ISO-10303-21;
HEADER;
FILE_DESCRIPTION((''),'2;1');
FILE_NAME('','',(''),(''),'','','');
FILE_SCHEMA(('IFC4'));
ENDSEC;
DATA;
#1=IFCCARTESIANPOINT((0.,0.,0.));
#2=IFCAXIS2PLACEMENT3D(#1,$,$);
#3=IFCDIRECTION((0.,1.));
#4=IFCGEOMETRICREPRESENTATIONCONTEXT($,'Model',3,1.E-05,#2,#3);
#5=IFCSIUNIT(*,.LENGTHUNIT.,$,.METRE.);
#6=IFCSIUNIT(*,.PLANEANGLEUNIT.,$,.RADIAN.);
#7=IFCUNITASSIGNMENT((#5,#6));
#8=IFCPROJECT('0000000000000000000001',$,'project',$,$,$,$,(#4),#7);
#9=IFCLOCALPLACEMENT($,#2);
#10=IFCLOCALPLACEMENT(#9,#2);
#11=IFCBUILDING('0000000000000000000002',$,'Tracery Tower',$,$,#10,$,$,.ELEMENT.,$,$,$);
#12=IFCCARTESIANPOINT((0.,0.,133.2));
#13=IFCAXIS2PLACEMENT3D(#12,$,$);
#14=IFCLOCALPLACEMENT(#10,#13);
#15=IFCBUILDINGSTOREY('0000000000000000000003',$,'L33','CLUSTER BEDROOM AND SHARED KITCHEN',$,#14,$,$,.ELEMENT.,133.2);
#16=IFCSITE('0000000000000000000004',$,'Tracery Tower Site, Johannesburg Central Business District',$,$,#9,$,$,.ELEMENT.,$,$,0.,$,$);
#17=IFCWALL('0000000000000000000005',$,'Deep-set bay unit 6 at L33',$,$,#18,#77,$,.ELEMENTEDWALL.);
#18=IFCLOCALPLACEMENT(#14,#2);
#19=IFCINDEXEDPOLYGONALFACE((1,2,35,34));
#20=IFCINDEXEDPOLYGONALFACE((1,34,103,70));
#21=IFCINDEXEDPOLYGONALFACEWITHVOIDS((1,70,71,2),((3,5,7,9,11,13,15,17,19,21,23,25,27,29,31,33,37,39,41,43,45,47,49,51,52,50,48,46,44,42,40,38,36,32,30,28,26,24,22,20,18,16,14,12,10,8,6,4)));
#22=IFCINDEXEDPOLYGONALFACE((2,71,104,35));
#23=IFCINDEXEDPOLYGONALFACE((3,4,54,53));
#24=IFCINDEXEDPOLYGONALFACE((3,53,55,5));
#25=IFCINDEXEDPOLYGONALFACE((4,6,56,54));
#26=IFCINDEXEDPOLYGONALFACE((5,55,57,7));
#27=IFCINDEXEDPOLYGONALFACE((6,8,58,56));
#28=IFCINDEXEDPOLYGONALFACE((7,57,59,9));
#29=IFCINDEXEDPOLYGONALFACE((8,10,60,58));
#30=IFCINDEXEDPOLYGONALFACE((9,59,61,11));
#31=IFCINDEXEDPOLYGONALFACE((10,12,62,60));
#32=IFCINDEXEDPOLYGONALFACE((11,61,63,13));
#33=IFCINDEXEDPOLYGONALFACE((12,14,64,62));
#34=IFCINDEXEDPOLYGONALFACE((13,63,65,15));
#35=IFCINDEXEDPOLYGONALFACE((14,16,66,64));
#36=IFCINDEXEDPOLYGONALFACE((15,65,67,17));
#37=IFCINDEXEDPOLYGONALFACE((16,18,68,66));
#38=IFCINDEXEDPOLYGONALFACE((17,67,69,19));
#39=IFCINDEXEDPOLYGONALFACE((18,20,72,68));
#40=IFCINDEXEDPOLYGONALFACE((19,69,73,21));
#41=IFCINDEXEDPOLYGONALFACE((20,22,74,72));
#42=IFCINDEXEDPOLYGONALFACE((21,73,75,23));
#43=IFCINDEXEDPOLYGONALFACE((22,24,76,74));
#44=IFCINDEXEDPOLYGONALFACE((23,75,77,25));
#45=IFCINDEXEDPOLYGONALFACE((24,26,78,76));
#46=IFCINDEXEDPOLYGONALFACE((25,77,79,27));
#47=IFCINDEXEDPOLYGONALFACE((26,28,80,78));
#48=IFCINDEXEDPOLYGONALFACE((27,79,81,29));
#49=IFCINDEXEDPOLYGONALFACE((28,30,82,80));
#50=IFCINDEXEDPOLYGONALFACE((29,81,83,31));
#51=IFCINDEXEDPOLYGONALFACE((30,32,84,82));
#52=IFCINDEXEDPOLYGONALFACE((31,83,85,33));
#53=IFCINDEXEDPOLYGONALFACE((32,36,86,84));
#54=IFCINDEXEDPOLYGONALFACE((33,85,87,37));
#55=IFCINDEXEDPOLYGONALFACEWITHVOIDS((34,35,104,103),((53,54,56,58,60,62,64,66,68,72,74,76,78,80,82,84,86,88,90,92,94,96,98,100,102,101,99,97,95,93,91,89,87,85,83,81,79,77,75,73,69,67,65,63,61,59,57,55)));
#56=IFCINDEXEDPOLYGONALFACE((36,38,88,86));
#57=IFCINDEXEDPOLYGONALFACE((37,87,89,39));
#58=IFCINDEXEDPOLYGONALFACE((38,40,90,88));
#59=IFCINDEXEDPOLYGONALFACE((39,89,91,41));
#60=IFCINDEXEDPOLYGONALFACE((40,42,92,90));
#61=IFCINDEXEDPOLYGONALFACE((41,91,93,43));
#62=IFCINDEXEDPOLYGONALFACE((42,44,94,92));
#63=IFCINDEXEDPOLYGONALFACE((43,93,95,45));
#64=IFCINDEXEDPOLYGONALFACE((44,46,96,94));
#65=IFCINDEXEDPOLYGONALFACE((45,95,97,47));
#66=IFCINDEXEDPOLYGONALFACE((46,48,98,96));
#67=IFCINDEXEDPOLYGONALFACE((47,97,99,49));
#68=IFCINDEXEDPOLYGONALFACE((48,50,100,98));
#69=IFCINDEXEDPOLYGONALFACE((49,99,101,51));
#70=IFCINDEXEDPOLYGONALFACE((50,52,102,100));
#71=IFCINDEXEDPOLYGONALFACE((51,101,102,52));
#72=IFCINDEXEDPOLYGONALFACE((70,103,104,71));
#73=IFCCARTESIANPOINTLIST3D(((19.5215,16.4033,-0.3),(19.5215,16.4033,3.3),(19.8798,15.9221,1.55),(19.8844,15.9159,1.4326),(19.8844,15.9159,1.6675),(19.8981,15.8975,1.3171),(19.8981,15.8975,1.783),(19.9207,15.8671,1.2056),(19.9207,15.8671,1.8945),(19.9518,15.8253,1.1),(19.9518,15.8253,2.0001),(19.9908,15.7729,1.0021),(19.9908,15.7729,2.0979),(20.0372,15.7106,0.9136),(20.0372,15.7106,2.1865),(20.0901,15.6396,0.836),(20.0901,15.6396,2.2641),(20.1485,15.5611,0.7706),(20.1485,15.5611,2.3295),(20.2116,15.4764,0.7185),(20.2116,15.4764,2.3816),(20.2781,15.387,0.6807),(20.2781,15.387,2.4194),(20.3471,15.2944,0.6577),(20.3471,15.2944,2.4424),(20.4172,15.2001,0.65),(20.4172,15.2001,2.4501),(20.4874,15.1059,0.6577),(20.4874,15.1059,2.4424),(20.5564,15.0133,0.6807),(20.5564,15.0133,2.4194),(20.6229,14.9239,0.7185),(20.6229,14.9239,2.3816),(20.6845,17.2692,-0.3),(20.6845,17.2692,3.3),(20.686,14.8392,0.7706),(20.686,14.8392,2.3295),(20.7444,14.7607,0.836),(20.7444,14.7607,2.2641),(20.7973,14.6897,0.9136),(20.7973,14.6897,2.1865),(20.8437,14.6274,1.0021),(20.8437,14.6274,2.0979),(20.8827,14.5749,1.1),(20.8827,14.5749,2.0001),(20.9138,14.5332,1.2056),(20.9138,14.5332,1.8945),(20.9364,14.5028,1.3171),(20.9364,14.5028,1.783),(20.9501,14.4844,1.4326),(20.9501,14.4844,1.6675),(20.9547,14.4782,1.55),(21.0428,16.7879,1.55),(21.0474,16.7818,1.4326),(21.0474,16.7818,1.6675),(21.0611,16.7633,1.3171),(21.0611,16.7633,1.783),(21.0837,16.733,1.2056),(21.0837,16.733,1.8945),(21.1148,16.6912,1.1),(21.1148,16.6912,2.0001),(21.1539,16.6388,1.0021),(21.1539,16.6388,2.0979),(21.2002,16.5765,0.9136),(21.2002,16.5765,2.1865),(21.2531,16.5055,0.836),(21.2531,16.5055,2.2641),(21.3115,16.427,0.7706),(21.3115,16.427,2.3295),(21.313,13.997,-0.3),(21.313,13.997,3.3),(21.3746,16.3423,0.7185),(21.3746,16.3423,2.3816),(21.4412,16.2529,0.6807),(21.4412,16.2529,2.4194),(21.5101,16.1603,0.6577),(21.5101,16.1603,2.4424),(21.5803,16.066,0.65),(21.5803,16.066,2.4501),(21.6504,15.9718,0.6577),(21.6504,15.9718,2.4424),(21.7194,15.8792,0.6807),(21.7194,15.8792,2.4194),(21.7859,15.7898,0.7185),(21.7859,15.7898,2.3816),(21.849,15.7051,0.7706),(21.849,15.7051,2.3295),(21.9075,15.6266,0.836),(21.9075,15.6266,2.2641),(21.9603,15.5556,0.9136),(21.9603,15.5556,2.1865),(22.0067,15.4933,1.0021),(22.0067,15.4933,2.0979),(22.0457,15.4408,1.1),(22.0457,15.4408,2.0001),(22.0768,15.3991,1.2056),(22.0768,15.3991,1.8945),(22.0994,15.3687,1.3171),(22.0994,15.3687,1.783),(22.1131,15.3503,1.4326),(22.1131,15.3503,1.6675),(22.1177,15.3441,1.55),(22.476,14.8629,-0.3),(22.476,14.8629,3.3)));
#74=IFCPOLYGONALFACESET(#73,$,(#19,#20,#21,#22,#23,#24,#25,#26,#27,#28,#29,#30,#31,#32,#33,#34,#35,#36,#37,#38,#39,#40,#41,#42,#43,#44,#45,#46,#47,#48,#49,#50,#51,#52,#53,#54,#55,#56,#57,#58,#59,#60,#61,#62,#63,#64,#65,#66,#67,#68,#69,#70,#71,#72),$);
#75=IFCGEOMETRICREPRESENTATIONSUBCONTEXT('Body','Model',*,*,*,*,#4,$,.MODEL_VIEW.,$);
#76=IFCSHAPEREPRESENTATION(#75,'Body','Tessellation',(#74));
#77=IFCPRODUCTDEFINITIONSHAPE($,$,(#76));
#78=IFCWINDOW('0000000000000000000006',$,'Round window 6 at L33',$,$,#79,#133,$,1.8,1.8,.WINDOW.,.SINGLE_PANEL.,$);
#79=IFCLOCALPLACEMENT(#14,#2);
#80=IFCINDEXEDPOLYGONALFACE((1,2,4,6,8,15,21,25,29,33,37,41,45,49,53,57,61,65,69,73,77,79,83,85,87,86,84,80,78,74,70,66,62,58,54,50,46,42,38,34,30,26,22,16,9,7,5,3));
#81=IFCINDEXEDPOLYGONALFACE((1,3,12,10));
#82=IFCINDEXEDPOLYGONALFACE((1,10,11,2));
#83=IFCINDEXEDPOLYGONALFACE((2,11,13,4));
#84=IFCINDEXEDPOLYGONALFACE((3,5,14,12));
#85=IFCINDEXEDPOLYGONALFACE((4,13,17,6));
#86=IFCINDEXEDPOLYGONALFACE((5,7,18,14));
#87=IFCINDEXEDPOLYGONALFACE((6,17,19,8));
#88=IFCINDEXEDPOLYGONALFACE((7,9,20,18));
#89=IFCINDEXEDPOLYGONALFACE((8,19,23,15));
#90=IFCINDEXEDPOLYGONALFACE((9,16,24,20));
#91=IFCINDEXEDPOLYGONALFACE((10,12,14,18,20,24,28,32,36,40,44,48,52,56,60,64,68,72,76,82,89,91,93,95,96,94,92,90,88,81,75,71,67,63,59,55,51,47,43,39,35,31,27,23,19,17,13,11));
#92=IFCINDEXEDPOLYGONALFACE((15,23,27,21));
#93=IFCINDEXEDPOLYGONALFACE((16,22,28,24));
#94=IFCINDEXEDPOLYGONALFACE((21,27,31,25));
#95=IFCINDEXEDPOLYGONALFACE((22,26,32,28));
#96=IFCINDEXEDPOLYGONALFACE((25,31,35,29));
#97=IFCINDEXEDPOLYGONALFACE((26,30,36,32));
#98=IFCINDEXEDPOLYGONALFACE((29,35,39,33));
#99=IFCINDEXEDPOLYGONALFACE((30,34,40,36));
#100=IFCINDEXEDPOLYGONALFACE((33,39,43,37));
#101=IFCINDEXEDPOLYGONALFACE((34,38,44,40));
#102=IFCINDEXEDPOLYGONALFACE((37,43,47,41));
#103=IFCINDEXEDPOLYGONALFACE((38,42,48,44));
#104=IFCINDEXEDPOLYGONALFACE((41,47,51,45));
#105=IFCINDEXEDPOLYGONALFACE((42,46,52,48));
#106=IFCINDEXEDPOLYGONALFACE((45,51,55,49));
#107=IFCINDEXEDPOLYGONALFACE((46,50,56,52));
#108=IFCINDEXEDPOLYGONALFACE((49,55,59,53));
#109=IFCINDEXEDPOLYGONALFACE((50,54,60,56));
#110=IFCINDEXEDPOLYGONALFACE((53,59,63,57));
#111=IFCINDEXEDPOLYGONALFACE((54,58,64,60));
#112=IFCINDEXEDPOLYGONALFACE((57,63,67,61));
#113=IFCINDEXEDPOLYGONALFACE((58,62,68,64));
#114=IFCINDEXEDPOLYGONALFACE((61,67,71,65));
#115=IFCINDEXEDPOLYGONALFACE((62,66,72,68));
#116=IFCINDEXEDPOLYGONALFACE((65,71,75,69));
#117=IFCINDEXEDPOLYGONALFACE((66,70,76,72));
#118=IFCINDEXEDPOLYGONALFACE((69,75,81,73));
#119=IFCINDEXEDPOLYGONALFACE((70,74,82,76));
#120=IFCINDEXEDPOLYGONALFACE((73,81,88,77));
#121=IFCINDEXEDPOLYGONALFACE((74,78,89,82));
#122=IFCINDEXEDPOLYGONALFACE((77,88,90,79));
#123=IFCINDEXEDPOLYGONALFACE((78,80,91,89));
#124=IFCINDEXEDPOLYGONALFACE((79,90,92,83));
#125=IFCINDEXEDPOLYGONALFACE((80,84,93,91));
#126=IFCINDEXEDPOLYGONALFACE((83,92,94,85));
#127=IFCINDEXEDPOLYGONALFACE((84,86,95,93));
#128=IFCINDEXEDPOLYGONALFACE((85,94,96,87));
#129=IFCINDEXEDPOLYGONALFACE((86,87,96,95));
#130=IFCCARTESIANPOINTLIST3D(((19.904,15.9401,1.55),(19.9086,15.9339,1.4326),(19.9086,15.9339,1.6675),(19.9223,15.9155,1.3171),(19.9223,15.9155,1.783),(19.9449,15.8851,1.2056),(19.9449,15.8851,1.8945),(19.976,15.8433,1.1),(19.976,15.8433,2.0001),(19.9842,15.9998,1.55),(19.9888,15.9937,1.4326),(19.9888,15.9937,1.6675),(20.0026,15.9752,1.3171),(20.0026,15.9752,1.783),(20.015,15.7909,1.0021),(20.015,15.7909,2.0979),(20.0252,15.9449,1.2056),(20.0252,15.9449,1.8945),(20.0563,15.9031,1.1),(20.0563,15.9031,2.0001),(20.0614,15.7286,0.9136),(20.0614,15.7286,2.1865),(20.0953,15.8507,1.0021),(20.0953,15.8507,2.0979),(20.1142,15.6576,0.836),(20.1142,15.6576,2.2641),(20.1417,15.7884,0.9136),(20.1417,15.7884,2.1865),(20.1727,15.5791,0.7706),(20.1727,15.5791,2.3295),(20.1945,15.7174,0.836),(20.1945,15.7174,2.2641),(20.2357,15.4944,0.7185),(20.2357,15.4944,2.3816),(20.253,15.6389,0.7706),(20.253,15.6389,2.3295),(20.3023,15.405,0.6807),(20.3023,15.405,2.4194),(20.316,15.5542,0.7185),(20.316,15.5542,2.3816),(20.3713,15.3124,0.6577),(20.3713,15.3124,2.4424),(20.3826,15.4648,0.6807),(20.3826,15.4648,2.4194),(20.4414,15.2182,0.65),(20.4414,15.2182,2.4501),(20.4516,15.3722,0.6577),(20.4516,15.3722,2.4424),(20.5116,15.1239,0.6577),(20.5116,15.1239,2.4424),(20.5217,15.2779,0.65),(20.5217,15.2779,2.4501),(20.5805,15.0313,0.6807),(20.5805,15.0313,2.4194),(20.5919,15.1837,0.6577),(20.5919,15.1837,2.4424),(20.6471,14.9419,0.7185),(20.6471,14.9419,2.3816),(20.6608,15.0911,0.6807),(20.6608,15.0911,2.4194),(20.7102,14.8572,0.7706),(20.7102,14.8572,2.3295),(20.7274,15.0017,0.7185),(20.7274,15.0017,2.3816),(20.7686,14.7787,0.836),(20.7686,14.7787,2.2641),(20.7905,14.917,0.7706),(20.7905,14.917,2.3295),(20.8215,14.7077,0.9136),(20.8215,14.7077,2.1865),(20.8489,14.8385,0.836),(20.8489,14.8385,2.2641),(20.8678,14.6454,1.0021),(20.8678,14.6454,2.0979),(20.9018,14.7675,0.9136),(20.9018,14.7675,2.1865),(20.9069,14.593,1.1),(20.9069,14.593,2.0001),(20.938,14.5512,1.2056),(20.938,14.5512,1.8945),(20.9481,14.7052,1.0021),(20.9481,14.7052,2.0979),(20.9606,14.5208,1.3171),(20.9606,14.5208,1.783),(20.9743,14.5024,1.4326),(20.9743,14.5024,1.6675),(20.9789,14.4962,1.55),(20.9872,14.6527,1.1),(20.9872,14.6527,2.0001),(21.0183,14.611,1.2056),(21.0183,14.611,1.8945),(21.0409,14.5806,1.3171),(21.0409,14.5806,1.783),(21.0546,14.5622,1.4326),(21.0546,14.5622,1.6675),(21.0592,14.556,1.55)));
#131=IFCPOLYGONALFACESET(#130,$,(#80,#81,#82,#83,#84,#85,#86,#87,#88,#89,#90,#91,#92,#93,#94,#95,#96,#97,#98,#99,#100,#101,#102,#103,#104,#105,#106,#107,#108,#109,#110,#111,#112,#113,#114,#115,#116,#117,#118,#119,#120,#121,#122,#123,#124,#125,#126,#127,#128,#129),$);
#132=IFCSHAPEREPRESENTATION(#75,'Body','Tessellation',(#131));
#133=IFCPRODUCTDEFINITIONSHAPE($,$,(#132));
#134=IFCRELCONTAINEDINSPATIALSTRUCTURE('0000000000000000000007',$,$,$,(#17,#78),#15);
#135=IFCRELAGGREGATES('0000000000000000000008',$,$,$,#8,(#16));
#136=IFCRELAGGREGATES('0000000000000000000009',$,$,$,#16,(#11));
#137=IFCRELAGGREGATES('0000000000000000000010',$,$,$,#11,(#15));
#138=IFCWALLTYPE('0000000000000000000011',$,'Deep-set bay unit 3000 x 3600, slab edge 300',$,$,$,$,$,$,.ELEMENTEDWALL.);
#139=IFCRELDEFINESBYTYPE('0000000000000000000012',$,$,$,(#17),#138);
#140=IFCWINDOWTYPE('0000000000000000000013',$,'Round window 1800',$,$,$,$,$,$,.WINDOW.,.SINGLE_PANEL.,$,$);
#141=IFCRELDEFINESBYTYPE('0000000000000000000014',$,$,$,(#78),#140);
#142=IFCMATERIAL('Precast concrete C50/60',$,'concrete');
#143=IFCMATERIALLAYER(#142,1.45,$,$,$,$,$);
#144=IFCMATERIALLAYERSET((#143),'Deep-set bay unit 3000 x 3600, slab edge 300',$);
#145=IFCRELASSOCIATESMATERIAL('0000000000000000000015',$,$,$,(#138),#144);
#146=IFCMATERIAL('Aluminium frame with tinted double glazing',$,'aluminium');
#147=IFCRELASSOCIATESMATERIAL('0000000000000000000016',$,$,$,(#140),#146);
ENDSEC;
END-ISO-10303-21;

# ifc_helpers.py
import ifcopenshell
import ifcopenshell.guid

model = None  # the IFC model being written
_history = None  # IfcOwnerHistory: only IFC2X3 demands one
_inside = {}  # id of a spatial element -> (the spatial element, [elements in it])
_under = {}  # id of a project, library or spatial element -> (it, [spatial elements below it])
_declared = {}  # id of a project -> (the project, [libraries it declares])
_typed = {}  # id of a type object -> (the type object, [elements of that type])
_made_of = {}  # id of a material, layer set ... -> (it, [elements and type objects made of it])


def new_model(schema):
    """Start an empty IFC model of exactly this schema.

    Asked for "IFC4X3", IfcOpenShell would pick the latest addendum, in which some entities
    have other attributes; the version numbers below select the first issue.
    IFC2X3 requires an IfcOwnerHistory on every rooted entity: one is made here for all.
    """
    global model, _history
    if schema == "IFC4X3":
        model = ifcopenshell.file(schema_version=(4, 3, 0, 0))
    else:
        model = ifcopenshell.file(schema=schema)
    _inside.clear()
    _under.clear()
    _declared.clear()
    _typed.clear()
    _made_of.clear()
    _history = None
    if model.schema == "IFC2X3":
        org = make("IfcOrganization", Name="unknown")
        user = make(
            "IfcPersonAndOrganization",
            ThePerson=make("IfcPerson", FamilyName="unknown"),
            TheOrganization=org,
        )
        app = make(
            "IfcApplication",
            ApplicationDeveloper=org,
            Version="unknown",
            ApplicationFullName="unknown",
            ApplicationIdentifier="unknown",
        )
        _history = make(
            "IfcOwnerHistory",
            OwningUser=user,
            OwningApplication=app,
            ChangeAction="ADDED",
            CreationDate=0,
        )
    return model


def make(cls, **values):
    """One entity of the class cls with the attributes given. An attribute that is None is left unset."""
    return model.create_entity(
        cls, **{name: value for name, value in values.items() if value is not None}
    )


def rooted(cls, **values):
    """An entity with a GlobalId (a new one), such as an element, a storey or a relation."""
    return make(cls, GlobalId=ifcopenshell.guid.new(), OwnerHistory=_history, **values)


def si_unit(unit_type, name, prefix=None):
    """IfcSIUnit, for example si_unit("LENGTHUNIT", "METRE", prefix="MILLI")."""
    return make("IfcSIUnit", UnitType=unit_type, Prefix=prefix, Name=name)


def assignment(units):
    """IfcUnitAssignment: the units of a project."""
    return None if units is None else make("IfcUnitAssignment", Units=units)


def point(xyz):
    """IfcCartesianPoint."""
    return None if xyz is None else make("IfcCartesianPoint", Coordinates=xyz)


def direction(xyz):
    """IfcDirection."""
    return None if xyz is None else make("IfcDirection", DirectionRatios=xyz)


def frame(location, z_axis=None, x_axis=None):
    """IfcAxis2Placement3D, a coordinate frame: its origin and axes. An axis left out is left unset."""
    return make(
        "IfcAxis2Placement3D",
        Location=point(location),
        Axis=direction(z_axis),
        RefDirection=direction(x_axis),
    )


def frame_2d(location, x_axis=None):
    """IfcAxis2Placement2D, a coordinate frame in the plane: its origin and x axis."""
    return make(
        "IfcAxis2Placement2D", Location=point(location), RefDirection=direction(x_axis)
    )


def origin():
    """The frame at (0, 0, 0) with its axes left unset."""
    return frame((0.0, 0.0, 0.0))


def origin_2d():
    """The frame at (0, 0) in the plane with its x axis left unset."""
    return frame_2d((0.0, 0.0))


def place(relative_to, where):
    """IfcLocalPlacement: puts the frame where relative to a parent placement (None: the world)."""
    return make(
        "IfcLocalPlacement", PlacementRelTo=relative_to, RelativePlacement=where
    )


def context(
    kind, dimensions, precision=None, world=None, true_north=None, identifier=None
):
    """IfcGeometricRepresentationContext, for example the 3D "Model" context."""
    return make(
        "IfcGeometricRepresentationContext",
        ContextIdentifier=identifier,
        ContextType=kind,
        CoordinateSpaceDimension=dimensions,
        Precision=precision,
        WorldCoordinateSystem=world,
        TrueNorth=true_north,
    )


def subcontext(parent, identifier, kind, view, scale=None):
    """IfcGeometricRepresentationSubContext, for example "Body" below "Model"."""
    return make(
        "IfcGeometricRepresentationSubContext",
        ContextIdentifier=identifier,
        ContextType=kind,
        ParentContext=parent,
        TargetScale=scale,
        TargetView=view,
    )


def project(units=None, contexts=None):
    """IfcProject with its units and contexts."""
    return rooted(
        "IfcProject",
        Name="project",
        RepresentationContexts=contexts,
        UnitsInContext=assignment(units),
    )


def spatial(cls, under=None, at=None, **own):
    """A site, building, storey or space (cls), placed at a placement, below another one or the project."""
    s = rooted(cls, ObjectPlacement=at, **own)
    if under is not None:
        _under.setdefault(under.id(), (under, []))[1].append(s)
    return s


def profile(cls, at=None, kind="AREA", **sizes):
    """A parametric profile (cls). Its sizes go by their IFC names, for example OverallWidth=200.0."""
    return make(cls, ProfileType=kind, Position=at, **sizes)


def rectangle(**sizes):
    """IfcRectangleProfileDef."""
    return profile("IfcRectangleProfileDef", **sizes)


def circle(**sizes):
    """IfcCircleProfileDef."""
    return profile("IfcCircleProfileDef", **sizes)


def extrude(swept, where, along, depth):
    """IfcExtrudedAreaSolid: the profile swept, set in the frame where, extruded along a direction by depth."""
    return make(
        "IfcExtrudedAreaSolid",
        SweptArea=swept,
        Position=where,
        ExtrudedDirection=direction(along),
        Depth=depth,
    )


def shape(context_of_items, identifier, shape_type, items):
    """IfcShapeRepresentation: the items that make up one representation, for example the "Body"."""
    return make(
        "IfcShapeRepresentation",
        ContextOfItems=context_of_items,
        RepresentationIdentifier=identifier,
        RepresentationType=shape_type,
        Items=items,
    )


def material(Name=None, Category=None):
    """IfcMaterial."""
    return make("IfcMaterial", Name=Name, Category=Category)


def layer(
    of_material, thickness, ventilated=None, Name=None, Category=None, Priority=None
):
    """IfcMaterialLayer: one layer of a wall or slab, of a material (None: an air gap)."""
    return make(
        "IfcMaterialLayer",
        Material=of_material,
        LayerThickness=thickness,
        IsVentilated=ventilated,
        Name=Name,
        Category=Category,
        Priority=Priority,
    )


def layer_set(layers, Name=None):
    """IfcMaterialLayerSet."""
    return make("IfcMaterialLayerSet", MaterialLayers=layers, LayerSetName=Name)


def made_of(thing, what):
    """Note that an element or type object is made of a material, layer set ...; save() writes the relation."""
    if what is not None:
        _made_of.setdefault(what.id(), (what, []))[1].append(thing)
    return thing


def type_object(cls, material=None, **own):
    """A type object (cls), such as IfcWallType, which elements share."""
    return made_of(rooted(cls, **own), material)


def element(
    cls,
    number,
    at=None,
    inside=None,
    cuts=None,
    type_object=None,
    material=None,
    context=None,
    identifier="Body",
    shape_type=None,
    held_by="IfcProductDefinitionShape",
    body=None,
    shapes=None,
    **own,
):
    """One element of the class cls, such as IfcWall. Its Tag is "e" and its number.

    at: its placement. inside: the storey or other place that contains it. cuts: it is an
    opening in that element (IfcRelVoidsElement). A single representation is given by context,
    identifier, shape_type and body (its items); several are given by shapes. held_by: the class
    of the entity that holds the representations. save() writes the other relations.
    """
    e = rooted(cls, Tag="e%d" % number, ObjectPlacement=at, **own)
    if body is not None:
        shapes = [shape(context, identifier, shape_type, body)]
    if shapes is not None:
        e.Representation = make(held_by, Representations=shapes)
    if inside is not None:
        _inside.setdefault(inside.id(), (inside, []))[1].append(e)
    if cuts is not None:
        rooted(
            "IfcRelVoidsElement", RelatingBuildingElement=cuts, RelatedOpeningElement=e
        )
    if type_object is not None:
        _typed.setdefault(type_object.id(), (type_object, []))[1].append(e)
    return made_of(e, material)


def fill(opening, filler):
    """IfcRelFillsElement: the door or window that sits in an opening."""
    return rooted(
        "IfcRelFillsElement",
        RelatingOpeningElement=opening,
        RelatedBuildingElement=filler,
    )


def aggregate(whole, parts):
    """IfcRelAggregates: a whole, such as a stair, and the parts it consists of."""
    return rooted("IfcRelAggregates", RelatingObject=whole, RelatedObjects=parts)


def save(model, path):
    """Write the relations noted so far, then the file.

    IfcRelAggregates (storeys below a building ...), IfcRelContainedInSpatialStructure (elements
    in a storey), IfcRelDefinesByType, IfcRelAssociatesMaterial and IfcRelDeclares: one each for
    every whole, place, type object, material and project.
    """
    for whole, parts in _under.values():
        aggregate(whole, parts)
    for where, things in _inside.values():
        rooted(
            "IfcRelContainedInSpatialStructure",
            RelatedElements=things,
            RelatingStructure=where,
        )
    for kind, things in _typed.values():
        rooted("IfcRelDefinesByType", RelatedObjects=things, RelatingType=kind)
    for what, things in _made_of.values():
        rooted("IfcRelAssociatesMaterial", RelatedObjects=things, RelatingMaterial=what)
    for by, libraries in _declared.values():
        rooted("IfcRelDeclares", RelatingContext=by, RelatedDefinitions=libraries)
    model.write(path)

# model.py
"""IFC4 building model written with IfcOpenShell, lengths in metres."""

from ifc_helpers import new_model, si_unit, direction, frame, frame_2d, origin, origin_2d, place, context, subcontext, project, spatial, rectangle, circle, extrude, material, layer, layer_set, type_object, element, fill, save


model = new_model("IFC4")

# Units and contexts
model_context = context("Model", 3, precision=1e-05, world=origin(), true_north=direction((0.0, 1.0)))
body_context = subcontext(model_context, "Body", "Model", "MODEL_VIEW")
ifc_project = project(units=[si_unit("LENGTHUNIT", "METRE"), si_unit("PLANEANGLEUNIT", "RADIAN")], contexts=[model_context])

# Site, building, storey
site_placement = place(None, origin())
site = spatial("IfcSite", under=ifc_project, at=site_placement, Name="Tracery Tower Site, Johannesburg Central Business District", CompositionType="ELEMENT", RefElevation=0.0)
building_placement = place(site_placement, origin())
building = spatial("IfcBuilding", under=site, at=building_placement, Name="Tracery Tower", CompositionType="ELEMENT")
storey_placement = place(building_placement, frame((0.0, 0.0, 133.2)))
storey = spatial("IfcBuildingStorey", under=building, at=storey_placement, Name="L33", Description="CLUSTER BEDROOM AND SHARED KITCHEN", CompositionType="ELEMENT", Elevation=133.2)

# Wall, opening, window
ifc_material_1 = material(Name="Precast concrete C50/60", Category="concrete")
ifc_layer_1 = layer(ifc_material_1, 1.45)
ifc_layer_set_1 = layer_set([ifc_layer_1], Name="Deep-set bay unit 3000 x 3600, slab edge 300")
wall_type_1 = type_object("IfcWallType", Name="Deep-set bay unit 3000 x 3600, slab edge 300", PredefinedType="ELEMENTEDWALL", material=ifc_layer_set_1)
wall_1_placement = place(storey_placement, frame((21.8945, 14.4299, -0.3), z_axis=(0.0, 0.0, 1.0), x_axis=(-0.597184, 0.802104, 0.0)))
wall_1 = element("IfcWall", 1, at=wall_1_placement, inside=storey, type_object=wall_type_1, Name="Deep-set bay unit 6 at L33", PredefinedType="ELEMENTEDWALL", context=body_context, shape_type="SweptSolid", body=[
    extrude(rectangle(XDim=3.0, YDim=1.45, at=frame_2d((1.5, 0.0))), origin(), (0.0, 0.0, 1.0), 3.6001),
])
opening_1_placement = place(wall_1_placement, frame((1.5, 0.0, 1.8501)))
opening_1 = element("IfcOpeningElement", 2, at=opening_1_placement, cuts=wall_1, PredefinedType="OPENING", context=body_context, shape_type="SweptSolid", body=[
    extrude(circle(Radius=0.9, at=origin_2d()), frame((0.0, 0.7349, 0.0), z_axis=(0.0, -1.0, 0.0), x_axis=(1.0, 0.0, 0.0)), (0.0, 0.0, 1.0), 1.47),
])
ifc_material_2 = material(Name="Aluminium frame with tinted double glazing", Category="aluminium")
window_type = type_object("IfcWindowType", Name="Round window 1800", PartitioningType="SINGLE_PANEL", PredefinedType="WINDOW", material=ifc_material_2)
window_1_placement = place(opening_1_placement, origin())
window_1 = element("IfcWindow", 3, at=window_1_placement, inside=storey, type_object=window_type, Name="Round window 6 at L33", OverallHeight=1.8, OverallWidth=1.8, PartitioningType="SINGLE_PANEL", PredefinedType="WINDOW", context=body_context, shape_type="SweptSolid", body=[
    extrude(circle(Radius=0.9, at=origin_2d()), frame((0.0, 0.6948, 0.0), z_axis=(0.0, -1.0, 0.0), x_axis=(1.0, 0.0, 0.0)), (0.0, 0.0, 1.0), 0.1001),
])
fill(opening_1, window_1)

save(model, "model.ifc")
